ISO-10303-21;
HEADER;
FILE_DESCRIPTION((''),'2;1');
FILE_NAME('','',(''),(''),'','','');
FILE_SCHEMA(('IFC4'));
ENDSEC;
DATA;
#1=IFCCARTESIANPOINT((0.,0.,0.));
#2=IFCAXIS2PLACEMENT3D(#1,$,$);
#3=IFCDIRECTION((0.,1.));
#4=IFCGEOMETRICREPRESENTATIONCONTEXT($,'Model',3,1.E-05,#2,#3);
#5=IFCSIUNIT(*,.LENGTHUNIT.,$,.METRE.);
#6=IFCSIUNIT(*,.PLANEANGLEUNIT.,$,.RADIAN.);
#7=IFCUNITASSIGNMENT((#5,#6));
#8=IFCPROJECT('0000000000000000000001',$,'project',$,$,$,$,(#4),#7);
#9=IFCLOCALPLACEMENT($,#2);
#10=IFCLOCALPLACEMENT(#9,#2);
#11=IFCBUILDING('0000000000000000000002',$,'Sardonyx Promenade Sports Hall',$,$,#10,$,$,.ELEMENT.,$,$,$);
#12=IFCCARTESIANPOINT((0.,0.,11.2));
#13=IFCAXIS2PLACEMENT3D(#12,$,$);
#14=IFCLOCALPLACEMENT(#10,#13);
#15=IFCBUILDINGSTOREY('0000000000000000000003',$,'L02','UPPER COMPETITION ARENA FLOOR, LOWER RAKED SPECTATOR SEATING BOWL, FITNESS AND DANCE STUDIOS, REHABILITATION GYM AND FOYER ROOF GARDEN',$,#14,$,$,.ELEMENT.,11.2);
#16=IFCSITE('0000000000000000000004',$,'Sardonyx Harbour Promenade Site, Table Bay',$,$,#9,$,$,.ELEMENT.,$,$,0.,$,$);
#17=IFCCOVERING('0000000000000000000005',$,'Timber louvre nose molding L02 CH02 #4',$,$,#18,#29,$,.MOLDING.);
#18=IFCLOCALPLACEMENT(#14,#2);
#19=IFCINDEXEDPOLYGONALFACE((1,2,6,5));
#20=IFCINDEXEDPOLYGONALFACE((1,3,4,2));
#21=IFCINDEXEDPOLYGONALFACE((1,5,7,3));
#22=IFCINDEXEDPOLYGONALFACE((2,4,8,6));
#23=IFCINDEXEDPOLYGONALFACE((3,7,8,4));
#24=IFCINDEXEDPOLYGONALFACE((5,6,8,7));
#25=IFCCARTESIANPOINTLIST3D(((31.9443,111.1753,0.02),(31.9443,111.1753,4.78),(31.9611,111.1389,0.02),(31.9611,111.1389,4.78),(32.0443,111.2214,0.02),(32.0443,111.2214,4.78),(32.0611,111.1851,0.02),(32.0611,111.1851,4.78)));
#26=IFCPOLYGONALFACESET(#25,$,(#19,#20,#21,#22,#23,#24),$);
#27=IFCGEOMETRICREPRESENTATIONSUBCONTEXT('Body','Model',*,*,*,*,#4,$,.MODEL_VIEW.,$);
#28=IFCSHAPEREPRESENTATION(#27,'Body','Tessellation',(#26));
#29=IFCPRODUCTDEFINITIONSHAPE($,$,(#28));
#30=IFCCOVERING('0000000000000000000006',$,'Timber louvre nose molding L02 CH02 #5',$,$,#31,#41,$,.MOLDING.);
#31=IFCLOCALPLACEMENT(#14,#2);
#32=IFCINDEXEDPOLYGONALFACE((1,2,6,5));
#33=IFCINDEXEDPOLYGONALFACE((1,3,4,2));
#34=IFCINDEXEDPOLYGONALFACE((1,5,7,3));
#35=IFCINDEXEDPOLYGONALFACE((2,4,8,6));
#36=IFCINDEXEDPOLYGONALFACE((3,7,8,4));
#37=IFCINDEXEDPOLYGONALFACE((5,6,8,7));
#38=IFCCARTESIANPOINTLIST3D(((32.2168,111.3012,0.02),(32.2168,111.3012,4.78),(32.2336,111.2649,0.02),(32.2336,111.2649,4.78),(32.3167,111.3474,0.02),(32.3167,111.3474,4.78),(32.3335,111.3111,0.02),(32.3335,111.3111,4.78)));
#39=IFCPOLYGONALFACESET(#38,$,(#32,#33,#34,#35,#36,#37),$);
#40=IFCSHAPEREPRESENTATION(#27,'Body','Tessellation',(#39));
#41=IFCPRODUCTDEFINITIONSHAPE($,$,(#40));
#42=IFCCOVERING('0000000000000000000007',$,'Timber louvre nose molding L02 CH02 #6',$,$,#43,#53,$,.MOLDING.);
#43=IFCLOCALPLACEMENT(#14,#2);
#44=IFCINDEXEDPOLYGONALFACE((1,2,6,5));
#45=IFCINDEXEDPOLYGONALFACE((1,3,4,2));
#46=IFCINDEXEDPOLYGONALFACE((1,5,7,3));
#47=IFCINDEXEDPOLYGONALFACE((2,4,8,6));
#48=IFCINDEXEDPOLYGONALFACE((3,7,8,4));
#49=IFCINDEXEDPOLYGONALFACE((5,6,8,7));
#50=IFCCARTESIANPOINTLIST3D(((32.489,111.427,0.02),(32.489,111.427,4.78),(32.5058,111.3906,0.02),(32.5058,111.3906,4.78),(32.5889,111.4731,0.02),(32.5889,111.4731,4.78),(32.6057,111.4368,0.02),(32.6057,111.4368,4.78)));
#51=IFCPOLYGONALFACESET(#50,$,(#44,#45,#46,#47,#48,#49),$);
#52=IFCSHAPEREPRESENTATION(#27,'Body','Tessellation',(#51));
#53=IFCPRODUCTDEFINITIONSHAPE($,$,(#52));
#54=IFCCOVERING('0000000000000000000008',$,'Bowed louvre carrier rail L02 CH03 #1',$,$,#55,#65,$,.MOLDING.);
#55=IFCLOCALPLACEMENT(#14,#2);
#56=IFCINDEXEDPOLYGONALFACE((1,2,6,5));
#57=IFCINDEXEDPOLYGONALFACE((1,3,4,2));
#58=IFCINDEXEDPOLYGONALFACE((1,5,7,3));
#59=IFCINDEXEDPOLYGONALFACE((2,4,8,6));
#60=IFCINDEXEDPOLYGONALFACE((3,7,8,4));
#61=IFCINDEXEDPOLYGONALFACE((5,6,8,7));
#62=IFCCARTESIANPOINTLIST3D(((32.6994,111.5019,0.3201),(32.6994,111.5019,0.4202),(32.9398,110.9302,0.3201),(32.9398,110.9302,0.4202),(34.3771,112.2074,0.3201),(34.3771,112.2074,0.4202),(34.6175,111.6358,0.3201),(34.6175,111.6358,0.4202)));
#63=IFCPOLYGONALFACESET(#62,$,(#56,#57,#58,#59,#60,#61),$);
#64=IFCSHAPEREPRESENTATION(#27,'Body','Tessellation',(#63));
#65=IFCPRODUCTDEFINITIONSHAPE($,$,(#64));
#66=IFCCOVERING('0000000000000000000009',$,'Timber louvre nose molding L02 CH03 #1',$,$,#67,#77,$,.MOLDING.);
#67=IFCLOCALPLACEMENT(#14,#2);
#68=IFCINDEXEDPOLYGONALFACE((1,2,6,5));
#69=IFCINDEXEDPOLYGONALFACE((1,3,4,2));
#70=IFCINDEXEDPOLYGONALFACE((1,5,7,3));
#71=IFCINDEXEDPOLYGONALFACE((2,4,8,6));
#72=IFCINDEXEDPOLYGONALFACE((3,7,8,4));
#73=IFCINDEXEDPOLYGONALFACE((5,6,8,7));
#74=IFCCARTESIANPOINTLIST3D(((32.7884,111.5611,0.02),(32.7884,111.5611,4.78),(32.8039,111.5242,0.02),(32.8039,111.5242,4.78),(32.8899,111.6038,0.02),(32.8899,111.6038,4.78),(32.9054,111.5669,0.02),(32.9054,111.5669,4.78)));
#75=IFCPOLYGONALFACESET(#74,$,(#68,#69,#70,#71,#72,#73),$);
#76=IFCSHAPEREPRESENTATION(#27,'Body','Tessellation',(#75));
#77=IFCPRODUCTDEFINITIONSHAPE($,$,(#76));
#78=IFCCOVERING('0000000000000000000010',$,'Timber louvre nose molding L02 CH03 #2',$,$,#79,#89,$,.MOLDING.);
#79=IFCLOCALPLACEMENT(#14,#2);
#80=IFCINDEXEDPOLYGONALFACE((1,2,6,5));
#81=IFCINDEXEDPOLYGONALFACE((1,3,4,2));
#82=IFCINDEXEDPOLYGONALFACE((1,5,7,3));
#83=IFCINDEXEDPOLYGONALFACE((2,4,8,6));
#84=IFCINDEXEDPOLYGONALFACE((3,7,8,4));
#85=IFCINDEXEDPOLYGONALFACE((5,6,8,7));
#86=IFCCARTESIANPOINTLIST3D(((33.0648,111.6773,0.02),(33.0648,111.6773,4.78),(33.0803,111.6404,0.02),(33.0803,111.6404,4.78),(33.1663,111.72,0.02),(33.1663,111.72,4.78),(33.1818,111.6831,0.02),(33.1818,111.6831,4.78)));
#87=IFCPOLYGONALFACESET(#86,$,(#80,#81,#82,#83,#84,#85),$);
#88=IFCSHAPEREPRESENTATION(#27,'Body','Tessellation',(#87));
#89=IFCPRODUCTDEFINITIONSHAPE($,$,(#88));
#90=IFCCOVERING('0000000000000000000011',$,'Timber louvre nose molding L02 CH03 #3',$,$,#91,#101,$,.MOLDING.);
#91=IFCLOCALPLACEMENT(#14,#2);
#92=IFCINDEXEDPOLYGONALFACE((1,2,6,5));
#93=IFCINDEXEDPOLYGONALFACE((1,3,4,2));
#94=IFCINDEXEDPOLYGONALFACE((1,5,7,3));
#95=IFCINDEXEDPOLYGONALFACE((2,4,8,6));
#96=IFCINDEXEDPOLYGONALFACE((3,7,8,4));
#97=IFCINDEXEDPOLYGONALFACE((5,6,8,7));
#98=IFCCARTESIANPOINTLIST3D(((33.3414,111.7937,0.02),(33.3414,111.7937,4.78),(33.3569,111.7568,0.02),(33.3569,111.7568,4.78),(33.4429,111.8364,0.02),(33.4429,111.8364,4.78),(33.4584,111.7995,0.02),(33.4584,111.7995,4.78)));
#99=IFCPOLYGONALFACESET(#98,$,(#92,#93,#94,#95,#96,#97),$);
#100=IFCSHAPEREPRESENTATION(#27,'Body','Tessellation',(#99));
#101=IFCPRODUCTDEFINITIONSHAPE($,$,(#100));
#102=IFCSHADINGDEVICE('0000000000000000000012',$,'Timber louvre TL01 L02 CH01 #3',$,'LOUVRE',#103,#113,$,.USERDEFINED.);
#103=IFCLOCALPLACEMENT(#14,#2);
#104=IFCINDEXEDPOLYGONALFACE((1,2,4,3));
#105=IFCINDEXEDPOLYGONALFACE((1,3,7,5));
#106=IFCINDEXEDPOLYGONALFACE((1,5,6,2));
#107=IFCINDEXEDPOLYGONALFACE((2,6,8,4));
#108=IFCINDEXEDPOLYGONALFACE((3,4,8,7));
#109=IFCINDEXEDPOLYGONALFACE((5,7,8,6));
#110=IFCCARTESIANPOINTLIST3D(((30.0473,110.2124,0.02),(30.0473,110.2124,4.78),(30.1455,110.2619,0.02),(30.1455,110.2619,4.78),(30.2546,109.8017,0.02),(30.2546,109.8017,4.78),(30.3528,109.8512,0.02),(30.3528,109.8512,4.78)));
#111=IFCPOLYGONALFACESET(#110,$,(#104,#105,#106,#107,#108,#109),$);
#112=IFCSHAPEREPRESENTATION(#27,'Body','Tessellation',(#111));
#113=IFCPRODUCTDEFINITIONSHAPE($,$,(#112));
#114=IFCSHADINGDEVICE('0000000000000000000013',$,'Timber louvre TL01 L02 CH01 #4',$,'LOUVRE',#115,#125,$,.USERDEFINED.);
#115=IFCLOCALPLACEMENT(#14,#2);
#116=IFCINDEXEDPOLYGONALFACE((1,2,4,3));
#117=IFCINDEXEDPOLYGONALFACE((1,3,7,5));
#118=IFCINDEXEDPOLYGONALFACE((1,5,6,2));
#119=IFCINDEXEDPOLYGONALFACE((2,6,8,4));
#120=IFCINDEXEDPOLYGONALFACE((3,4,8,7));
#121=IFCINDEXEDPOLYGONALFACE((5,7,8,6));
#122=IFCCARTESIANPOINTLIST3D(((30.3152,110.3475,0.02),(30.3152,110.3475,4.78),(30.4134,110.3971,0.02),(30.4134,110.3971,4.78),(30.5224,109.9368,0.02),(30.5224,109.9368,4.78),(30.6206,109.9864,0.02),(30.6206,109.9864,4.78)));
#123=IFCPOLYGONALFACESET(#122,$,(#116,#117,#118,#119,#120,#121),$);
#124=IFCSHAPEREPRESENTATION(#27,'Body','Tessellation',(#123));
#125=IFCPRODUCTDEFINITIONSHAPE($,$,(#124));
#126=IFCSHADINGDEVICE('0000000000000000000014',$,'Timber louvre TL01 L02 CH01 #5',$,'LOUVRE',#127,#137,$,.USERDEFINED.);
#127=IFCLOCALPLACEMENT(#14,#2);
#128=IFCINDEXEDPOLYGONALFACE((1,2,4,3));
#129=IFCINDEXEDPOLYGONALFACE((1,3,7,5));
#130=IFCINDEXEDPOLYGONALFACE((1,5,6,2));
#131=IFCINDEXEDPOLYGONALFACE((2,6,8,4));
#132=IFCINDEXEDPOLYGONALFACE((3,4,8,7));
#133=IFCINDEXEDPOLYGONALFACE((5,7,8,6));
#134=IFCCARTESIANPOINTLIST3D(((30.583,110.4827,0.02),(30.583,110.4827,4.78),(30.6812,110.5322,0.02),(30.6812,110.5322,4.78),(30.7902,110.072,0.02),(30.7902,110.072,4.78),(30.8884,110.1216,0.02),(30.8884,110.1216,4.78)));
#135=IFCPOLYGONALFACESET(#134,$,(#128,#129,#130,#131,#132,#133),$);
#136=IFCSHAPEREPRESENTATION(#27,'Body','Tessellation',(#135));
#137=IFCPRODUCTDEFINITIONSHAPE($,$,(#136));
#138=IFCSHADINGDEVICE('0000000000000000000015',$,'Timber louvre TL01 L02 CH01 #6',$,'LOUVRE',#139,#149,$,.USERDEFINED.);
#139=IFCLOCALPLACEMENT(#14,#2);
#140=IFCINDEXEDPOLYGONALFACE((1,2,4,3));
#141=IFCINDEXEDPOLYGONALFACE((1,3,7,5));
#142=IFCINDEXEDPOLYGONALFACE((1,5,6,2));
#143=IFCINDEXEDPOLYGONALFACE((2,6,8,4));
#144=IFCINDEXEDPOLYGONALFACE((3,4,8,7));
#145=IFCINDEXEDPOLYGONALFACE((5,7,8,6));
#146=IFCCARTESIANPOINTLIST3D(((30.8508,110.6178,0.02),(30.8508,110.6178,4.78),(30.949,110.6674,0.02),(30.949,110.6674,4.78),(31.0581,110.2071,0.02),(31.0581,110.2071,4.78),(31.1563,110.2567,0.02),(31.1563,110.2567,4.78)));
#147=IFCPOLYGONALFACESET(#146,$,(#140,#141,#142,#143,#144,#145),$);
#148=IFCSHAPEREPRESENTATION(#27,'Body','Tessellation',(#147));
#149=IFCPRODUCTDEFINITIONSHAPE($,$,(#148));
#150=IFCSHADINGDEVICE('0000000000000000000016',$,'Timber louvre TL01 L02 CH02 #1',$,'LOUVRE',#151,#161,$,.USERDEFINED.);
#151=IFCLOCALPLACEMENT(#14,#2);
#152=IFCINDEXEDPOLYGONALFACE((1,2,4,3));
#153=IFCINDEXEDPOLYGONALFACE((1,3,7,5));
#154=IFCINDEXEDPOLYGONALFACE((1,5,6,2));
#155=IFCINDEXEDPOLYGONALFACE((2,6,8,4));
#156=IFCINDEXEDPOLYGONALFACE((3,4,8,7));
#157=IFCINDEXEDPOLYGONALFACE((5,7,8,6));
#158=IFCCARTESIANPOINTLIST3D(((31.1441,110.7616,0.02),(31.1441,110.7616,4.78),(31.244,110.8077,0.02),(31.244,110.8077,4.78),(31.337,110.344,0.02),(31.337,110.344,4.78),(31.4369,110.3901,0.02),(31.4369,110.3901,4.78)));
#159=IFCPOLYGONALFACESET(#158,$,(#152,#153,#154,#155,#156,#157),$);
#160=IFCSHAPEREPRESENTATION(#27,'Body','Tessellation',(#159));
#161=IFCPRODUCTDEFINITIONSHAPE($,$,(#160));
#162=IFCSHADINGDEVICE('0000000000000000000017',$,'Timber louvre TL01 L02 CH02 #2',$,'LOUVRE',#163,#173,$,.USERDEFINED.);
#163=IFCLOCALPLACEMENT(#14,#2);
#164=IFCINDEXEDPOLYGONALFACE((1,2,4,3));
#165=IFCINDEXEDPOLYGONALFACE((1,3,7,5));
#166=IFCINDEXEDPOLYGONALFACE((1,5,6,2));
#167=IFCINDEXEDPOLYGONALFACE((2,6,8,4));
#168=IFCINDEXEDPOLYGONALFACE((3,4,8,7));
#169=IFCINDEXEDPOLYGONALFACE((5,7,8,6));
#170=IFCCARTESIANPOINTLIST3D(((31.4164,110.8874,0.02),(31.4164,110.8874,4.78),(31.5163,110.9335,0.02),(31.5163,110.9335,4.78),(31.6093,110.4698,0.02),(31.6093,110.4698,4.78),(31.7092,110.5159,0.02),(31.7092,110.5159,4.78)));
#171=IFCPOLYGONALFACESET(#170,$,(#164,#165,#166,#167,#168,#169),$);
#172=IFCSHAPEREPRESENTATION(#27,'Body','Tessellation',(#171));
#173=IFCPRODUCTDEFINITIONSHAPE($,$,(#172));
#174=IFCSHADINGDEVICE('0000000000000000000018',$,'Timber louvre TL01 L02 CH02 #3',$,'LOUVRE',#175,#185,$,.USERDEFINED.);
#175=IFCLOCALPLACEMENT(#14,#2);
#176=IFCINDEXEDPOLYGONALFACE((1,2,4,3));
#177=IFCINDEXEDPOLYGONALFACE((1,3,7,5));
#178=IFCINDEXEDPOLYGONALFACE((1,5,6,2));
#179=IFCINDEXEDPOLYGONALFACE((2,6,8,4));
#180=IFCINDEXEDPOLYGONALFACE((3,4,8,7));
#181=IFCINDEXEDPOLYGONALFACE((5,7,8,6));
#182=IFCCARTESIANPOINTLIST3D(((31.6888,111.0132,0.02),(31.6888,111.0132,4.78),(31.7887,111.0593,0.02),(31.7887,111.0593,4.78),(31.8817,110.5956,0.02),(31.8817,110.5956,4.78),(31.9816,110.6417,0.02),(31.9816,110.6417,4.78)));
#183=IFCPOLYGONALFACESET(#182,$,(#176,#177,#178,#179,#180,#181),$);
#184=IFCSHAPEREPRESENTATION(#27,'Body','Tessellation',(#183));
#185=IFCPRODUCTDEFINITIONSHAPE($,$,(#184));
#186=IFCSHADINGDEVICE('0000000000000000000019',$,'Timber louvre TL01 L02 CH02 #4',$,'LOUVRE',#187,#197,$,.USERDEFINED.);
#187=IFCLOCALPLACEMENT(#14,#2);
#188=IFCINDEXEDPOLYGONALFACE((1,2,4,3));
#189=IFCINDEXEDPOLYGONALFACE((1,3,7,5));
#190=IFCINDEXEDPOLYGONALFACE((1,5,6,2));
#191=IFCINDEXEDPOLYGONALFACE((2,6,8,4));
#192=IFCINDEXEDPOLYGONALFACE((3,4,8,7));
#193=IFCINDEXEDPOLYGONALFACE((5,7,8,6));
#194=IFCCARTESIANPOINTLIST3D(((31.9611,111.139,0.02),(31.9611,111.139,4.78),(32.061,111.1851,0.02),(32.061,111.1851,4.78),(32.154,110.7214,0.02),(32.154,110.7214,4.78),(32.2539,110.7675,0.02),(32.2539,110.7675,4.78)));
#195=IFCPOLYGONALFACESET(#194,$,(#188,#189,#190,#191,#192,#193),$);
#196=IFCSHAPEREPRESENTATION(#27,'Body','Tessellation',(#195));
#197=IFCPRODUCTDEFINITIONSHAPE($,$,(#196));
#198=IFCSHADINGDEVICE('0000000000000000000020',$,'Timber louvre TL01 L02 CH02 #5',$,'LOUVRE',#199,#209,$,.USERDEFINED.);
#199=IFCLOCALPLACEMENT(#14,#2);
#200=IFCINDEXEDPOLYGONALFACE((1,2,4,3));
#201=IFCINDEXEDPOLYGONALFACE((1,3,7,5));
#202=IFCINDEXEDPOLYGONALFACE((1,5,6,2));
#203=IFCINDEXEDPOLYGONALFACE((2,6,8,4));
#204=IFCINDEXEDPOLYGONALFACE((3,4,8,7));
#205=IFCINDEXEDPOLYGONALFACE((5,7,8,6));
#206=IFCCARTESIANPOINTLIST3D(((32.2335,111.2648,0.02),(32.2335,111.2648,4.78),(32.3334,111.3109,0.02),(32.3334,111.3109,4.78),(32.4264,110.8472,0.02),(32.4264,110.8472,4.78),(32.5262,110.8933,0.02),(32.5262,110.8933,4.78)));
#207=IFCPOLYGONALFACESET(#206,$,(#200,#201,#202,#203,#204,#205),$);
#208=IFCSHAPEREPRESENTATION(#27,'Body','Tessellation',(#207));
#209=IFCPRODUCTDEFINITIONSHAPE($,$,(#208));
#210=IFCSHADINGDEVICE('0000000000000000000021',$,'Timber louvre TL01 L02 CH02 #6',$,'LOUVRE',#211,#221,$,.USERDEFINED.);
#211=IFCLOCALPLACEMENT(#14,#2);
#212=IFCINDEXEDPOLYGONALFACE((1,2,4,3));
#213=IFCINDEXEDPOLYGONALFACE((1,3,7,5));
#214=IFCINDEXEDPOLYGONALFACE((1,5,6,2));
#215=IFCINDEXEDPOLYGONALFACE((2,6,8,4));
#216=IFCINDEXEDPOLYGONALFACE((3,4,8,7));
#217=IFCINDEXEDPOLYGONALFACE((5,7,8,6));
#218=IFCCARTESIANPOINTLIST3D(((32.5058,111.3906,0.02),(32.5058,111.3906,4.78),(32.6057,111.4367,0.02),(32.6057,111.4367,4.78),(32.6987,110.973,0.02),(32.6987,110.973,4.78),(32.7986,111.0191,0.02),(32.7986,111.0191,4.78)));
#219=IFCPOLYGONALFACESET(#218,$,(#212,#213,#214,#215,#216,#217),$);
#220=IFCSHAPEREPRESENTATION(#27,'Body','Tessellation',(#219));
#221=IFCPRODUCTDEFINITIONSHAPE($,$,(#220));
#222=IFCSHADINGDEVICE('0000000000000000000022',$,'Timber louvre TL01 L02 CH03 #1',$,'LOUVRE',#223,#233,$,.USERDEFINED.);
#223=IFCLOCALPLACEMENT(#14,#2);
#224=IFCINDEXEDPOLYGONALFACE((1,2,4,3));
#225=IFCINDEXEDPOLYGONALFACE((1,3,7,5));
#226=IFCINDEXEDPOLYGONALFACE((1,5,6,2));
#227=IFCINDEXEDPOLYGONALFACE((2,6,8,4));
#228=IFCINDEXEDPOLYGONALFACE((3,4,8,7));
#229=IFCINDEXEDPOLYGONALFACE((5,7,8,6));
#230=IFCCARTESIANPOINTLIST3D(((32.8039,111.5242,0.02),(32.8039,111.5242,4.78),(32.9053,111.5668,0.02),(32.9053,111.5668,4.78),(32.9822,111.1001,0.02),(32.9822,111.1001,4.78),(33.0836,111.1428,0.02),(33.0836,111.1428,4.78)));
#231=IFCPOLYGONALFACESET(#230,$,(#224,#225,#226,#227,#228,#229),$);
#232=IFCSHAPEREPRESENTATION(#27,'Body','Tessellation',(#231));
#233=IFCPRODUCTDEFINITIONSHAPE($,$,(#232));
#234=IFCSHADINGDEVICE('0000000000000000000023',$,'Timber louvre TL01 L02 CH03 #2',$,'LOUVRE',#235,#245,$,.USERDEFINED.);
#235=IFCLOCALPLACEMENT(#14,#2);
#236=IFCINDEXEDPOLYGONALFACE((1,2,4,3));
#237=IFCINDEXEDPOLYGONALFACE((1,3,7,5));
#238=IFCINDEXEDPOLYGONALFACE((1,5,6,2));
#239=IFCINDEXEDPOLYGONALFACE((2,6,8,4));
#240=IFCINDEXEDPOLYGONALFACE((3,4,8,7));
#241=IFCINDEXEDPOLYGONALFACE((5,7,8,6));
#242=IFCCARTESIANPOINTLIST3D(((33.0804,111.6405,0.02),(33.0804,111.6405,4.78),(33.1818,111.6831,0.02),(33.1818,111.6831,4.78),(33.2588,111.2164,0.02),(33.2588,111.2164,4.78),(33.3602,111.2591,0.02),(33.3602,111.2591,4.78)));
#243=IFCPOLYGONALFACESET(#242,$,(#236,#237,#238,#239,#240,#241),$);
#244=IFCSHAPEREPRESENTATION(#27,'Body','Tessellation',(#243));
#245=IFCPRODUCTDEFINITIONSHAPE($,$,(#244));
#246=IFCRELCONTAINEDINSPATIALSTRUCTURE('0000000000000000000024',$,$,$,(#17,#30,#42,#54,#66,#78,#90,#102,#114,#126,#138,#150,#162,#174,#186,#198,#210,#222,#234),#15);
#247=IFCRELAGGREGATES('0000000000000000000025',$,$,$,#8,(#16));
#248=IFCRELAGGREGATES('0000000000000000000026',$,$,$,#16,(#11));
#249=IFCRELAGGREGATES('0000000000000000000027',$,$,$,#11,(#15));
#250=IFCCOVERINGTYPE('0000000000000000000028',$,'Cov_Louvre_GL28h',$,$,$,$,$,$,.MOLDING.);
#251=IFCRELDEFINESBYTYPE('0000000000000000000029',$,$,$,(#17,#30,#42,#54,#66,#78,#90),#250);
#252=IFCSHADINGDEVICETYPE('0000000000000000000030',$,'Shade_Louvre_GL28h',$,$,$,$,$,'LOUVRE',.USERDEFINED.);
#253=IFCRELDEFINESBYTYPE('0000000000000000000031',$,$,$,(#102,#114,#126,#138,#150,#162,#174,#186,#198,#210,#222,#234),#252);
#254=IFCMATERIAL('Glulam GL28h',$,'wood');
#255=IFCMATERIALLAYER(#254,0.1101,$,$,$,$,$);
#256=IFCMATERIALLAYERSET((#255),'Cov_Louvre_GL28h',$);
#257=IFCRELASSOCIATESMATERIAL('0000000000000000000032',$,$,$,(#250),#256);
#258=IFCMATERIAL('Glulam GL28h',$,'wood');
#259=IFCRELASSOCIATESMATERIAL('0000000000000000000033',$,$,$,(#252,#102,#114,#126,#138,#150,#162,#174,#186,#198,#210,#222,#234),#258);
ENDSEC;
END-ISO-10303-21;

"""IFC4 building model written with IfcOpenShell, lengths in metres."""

from ifc_helpers import new_model, si_unit, direction, frame, origin, origin_2d, place, context, subcontext, project, spatial, rectangle, extrude, material, layer, layer_set, type_object, element, save


model = new_model("IFC4")

# Units and contexts
model_context = context("Model", 3, precision=1e-05, world=origin(), true_north=direction((0.0, 1.0)))
body_context = subcontext(model_context, "Body", "Model", "MODEL_VIEW")
ifc_project = project(units=[si_unit("LENGTHUNIT", "METRE"), si_unit("PLANEANGLEUNIT", "RADIAN")], contexts=[model_context])

# Site, building, storey
site_placement = place(None, origin())
site = spatial("IfcSite", under=ifc_project, at=site_placement, Name="Sardonyx Harbour Promenade Site, Table Bay", CompositionType="ELEMENT", RefElevation=0.0)
building_placement = place(site_placement, origin())
building = spatial("IfcBuilding", under=site, at=building_placement, Name="Sardonyx Promenade Sports Hall", CompositionType="ELEMENT")
storey_placement = place(building_placement, frame((0.0, 0.0, 11.2)))
storey = spatial("IfcBuildingStorey", under=building, at=storey_placement, Name="L02", Description="UPPER COMPETITION ARENA FLOOR, LOWER RAKED SPECTATOR SEATING BOWL, FITNESS AND DANCE STUDIOS, REHABILITATION GYM AND FOYER ROOF GARDEN", CompositionType="ELEMENT", Elevation=11.2)

# Coverings
ifc_material_1 = material(Name="Glulam GL28h", Category="wood")
ifc_layer_1 = layer(ifc_material_1, 0.1101)
ifc_layer_set_1 = layer_set([ifc_layer_1], Name="Cov_Louvre_GL28h")
covering_type = type_object("IfcCoveringType", Name="Cov_Louvre_GL28h", PredefinedType="MOLDING", material=ifc_layer_set_1)
for number, where, z_axis, x_axis, name in (
    (1, (32.0027, 111.1802, 0.02), (0.0, 0.0, 1.0), (0.907831, 0.419336, 0.0), "Timber louvre nose molding L02 CH02 #4"),
    (2, (32.2751, 111.3062, 0.02), (0.0, 0.0, 1.0), (0.907831, 0.419336, 0.0), "Timber louvre nose molding L02 CH02 #5"),
    (3, (32.5474, 111.4319, 0.02), (0.0, 0.0, 1.0), (0.907831, 0.419336, 0.0), "Timber louvre nose molding L02 CH02 #6"),
):
    element("IfcCovering", number, at=place(storey_placement, frame(where, z_axis=z_axis, x_axis=x_axis)), inside=storey, type_object=covering_type, Name=name, PredefinedType="MOLDING", context=body_context, shape_type="SweptSolid", body=[
        extrude(rectangle(XDim=0.1101, YDim=0.04, at=origin_2d()), origin(), (0.0, 0.0, 1.0), 4.76),
    ])
covering_placement = place(storey_placement, frame((33.6584, 111.5688, 0.3201), z_axis=(0.0, 0.0, 1.0), x_axis=(0.9218, 0.387665, 0.0)))
element("IfcCovering", 4, at=covering_placement, inside=storey, type_object=covering_type, Name="Bowed louvre carrier rail L02 CH03 #1", PredefinedType="MOLDING", context=body_context, shape_type="SweptSolid", body=[
    extrude(rectangle(XDim=1.8201, YDim=0.6201, at=origin_2d()), origin(), (0.0, 0.0, 1.0), 0.1001),
])
for number, where, z_axis, x_axis, name in (
    (5, (32.8469, 111.564, 0.02), (0.0, 0.0, 1.0), (0.9218, 0.387665, 0.0), "Timber louvre nose molding L02 CH03 #1"),
    (6, (33.1233, 111.6802, 0.02), (0.0, 0.0, 1.0), (0.9218, 0.387665, 0.0), "Timber louvre nose molding L02 CH03 #2"),
    (7, (33.3999, 111.7966, 0.02), (0.0, 0.0, 1.0), (0.9218, 0.387665, 0.0), "Timber louvre nose molding L02 CH03 #3"),
):
    element("IfcCovering", number, at=place(storey_placement, frame(where, z_axis=z_axis, x_axis=x_axis)), inside=storey, type_object=covering_type, Name=name, PredefinedType="MOLDING", context=body_context, shape_type="SweptSolid", body=[
        extrude(rectangle(XDim=0.1101, YDim=0.04, at=origin_2d()), origin(), (0.0, 0.0, 1.0), 4.76),
    ])

# Shading devices
ifc_material_2 = material(Name="Glulam GL28h", Category="wood")
shading_device_type = type_object("IfcShadingDeviceType", Name="Shade_Louvre_GL28h", ElementType="LOUVRE", PredefinedType="USERDEFINED", material=ifc_material_2)
for number, where, z_axis, x_axis, name in (
    (8, (30.2001, 110.0318, 0.02), (0.0, 0.0, 1.0), (0.892774, 0.450505, 0.0), "Timber louvre TL01 L02 CH01 #3"),
    (9, (30.4679, 110.167, 0.02), (0.0, 0.0, 1.0), (0.892774, 0.450505, 0.0), "Timber louvre TL01 L02 CH01 #4"),
    (10, (30.7357, 110.3021, 0.02), (0.0, 0.0, 1.0), (0.892774, 0.450505, 0.0), "Timber louvre TL01 L02 CH01 #5"),
    (11, (31.0036, 110.4373, 0.02), (0.0, 0.0, 1.0), (0.892774, 0.450505, 0.0), "Timber louvre TL01 L02 CH01 #6"),
    (12, (31.2905, 110.5759, 0.02), (0.0, 0.0, 1.0), (0.907831, 0.419336, 0.0), "Timber louvre TL01 L02 CH02 #1"),
    (13, (31.5628, 110.7017, 0.02), (0.0, 0.0, 1.0), (0.907831, 0.419336, 0.0), "Timber louvre TL01 L02 CH02 #2"),
    (14, (31.8352, 110.8275, 0.02), (0.0, 0.0, 1.0), (0.907831, 0.419336, 0.0), "Timber louvre TL01 L02 CH02 #3"),
    (15, (32.1075, 110.9533, 0.02), (0.0, 0.0, 1.0), (0.907831, 0.419336, 0.0), "Timber louvre TL01 L02 CH02 #4"),
    (16, (32.3799, 111.0791, 0.02), (0.0, 0.0, 1.0), (0.907831, 0.419336, 0.0), "Timber louvre TL01 L02 CH02 #5"),
    (17, (32.6522, 111.2049, 0.02), (0.0, 0.0, 1.0), (0.907831, 0.419336, 0.0), "Timber louvre TL01 L02 CH02 #6"),
    (18, (32.9438, 111.3335, 0.02), (0.0, 0.0, 1.0), (0.9218, 0.387665, 0.0), "Timber louvre TL01 L02 CH03 #1"),
    (19, (33.2203, 111.4498, 0.02), (0.0, 0.0, 1.0), (0.9218, 0.387665, 0.0), "Timber louvre TL01 L02 CH03 #2"),
):
    element("IfcShadingDevice", number, at=place(storey_placement, frame(where, z_axis=z_axis, x_axis=x_axis)), inside=storey, type_object=shading_device_type, material=ifc_material_2, Name=name, ObjectType="LOUVRE", PredefinedType="USERDEFINED", context=body_context, shape_type="SweptSolid", body=[
        extrude(rectangle(XDim=0.11, YDim=0.46), origin(), (0.0, 0.0, 1.0), 4.76),
    ])

save(model, "model.ifc")
